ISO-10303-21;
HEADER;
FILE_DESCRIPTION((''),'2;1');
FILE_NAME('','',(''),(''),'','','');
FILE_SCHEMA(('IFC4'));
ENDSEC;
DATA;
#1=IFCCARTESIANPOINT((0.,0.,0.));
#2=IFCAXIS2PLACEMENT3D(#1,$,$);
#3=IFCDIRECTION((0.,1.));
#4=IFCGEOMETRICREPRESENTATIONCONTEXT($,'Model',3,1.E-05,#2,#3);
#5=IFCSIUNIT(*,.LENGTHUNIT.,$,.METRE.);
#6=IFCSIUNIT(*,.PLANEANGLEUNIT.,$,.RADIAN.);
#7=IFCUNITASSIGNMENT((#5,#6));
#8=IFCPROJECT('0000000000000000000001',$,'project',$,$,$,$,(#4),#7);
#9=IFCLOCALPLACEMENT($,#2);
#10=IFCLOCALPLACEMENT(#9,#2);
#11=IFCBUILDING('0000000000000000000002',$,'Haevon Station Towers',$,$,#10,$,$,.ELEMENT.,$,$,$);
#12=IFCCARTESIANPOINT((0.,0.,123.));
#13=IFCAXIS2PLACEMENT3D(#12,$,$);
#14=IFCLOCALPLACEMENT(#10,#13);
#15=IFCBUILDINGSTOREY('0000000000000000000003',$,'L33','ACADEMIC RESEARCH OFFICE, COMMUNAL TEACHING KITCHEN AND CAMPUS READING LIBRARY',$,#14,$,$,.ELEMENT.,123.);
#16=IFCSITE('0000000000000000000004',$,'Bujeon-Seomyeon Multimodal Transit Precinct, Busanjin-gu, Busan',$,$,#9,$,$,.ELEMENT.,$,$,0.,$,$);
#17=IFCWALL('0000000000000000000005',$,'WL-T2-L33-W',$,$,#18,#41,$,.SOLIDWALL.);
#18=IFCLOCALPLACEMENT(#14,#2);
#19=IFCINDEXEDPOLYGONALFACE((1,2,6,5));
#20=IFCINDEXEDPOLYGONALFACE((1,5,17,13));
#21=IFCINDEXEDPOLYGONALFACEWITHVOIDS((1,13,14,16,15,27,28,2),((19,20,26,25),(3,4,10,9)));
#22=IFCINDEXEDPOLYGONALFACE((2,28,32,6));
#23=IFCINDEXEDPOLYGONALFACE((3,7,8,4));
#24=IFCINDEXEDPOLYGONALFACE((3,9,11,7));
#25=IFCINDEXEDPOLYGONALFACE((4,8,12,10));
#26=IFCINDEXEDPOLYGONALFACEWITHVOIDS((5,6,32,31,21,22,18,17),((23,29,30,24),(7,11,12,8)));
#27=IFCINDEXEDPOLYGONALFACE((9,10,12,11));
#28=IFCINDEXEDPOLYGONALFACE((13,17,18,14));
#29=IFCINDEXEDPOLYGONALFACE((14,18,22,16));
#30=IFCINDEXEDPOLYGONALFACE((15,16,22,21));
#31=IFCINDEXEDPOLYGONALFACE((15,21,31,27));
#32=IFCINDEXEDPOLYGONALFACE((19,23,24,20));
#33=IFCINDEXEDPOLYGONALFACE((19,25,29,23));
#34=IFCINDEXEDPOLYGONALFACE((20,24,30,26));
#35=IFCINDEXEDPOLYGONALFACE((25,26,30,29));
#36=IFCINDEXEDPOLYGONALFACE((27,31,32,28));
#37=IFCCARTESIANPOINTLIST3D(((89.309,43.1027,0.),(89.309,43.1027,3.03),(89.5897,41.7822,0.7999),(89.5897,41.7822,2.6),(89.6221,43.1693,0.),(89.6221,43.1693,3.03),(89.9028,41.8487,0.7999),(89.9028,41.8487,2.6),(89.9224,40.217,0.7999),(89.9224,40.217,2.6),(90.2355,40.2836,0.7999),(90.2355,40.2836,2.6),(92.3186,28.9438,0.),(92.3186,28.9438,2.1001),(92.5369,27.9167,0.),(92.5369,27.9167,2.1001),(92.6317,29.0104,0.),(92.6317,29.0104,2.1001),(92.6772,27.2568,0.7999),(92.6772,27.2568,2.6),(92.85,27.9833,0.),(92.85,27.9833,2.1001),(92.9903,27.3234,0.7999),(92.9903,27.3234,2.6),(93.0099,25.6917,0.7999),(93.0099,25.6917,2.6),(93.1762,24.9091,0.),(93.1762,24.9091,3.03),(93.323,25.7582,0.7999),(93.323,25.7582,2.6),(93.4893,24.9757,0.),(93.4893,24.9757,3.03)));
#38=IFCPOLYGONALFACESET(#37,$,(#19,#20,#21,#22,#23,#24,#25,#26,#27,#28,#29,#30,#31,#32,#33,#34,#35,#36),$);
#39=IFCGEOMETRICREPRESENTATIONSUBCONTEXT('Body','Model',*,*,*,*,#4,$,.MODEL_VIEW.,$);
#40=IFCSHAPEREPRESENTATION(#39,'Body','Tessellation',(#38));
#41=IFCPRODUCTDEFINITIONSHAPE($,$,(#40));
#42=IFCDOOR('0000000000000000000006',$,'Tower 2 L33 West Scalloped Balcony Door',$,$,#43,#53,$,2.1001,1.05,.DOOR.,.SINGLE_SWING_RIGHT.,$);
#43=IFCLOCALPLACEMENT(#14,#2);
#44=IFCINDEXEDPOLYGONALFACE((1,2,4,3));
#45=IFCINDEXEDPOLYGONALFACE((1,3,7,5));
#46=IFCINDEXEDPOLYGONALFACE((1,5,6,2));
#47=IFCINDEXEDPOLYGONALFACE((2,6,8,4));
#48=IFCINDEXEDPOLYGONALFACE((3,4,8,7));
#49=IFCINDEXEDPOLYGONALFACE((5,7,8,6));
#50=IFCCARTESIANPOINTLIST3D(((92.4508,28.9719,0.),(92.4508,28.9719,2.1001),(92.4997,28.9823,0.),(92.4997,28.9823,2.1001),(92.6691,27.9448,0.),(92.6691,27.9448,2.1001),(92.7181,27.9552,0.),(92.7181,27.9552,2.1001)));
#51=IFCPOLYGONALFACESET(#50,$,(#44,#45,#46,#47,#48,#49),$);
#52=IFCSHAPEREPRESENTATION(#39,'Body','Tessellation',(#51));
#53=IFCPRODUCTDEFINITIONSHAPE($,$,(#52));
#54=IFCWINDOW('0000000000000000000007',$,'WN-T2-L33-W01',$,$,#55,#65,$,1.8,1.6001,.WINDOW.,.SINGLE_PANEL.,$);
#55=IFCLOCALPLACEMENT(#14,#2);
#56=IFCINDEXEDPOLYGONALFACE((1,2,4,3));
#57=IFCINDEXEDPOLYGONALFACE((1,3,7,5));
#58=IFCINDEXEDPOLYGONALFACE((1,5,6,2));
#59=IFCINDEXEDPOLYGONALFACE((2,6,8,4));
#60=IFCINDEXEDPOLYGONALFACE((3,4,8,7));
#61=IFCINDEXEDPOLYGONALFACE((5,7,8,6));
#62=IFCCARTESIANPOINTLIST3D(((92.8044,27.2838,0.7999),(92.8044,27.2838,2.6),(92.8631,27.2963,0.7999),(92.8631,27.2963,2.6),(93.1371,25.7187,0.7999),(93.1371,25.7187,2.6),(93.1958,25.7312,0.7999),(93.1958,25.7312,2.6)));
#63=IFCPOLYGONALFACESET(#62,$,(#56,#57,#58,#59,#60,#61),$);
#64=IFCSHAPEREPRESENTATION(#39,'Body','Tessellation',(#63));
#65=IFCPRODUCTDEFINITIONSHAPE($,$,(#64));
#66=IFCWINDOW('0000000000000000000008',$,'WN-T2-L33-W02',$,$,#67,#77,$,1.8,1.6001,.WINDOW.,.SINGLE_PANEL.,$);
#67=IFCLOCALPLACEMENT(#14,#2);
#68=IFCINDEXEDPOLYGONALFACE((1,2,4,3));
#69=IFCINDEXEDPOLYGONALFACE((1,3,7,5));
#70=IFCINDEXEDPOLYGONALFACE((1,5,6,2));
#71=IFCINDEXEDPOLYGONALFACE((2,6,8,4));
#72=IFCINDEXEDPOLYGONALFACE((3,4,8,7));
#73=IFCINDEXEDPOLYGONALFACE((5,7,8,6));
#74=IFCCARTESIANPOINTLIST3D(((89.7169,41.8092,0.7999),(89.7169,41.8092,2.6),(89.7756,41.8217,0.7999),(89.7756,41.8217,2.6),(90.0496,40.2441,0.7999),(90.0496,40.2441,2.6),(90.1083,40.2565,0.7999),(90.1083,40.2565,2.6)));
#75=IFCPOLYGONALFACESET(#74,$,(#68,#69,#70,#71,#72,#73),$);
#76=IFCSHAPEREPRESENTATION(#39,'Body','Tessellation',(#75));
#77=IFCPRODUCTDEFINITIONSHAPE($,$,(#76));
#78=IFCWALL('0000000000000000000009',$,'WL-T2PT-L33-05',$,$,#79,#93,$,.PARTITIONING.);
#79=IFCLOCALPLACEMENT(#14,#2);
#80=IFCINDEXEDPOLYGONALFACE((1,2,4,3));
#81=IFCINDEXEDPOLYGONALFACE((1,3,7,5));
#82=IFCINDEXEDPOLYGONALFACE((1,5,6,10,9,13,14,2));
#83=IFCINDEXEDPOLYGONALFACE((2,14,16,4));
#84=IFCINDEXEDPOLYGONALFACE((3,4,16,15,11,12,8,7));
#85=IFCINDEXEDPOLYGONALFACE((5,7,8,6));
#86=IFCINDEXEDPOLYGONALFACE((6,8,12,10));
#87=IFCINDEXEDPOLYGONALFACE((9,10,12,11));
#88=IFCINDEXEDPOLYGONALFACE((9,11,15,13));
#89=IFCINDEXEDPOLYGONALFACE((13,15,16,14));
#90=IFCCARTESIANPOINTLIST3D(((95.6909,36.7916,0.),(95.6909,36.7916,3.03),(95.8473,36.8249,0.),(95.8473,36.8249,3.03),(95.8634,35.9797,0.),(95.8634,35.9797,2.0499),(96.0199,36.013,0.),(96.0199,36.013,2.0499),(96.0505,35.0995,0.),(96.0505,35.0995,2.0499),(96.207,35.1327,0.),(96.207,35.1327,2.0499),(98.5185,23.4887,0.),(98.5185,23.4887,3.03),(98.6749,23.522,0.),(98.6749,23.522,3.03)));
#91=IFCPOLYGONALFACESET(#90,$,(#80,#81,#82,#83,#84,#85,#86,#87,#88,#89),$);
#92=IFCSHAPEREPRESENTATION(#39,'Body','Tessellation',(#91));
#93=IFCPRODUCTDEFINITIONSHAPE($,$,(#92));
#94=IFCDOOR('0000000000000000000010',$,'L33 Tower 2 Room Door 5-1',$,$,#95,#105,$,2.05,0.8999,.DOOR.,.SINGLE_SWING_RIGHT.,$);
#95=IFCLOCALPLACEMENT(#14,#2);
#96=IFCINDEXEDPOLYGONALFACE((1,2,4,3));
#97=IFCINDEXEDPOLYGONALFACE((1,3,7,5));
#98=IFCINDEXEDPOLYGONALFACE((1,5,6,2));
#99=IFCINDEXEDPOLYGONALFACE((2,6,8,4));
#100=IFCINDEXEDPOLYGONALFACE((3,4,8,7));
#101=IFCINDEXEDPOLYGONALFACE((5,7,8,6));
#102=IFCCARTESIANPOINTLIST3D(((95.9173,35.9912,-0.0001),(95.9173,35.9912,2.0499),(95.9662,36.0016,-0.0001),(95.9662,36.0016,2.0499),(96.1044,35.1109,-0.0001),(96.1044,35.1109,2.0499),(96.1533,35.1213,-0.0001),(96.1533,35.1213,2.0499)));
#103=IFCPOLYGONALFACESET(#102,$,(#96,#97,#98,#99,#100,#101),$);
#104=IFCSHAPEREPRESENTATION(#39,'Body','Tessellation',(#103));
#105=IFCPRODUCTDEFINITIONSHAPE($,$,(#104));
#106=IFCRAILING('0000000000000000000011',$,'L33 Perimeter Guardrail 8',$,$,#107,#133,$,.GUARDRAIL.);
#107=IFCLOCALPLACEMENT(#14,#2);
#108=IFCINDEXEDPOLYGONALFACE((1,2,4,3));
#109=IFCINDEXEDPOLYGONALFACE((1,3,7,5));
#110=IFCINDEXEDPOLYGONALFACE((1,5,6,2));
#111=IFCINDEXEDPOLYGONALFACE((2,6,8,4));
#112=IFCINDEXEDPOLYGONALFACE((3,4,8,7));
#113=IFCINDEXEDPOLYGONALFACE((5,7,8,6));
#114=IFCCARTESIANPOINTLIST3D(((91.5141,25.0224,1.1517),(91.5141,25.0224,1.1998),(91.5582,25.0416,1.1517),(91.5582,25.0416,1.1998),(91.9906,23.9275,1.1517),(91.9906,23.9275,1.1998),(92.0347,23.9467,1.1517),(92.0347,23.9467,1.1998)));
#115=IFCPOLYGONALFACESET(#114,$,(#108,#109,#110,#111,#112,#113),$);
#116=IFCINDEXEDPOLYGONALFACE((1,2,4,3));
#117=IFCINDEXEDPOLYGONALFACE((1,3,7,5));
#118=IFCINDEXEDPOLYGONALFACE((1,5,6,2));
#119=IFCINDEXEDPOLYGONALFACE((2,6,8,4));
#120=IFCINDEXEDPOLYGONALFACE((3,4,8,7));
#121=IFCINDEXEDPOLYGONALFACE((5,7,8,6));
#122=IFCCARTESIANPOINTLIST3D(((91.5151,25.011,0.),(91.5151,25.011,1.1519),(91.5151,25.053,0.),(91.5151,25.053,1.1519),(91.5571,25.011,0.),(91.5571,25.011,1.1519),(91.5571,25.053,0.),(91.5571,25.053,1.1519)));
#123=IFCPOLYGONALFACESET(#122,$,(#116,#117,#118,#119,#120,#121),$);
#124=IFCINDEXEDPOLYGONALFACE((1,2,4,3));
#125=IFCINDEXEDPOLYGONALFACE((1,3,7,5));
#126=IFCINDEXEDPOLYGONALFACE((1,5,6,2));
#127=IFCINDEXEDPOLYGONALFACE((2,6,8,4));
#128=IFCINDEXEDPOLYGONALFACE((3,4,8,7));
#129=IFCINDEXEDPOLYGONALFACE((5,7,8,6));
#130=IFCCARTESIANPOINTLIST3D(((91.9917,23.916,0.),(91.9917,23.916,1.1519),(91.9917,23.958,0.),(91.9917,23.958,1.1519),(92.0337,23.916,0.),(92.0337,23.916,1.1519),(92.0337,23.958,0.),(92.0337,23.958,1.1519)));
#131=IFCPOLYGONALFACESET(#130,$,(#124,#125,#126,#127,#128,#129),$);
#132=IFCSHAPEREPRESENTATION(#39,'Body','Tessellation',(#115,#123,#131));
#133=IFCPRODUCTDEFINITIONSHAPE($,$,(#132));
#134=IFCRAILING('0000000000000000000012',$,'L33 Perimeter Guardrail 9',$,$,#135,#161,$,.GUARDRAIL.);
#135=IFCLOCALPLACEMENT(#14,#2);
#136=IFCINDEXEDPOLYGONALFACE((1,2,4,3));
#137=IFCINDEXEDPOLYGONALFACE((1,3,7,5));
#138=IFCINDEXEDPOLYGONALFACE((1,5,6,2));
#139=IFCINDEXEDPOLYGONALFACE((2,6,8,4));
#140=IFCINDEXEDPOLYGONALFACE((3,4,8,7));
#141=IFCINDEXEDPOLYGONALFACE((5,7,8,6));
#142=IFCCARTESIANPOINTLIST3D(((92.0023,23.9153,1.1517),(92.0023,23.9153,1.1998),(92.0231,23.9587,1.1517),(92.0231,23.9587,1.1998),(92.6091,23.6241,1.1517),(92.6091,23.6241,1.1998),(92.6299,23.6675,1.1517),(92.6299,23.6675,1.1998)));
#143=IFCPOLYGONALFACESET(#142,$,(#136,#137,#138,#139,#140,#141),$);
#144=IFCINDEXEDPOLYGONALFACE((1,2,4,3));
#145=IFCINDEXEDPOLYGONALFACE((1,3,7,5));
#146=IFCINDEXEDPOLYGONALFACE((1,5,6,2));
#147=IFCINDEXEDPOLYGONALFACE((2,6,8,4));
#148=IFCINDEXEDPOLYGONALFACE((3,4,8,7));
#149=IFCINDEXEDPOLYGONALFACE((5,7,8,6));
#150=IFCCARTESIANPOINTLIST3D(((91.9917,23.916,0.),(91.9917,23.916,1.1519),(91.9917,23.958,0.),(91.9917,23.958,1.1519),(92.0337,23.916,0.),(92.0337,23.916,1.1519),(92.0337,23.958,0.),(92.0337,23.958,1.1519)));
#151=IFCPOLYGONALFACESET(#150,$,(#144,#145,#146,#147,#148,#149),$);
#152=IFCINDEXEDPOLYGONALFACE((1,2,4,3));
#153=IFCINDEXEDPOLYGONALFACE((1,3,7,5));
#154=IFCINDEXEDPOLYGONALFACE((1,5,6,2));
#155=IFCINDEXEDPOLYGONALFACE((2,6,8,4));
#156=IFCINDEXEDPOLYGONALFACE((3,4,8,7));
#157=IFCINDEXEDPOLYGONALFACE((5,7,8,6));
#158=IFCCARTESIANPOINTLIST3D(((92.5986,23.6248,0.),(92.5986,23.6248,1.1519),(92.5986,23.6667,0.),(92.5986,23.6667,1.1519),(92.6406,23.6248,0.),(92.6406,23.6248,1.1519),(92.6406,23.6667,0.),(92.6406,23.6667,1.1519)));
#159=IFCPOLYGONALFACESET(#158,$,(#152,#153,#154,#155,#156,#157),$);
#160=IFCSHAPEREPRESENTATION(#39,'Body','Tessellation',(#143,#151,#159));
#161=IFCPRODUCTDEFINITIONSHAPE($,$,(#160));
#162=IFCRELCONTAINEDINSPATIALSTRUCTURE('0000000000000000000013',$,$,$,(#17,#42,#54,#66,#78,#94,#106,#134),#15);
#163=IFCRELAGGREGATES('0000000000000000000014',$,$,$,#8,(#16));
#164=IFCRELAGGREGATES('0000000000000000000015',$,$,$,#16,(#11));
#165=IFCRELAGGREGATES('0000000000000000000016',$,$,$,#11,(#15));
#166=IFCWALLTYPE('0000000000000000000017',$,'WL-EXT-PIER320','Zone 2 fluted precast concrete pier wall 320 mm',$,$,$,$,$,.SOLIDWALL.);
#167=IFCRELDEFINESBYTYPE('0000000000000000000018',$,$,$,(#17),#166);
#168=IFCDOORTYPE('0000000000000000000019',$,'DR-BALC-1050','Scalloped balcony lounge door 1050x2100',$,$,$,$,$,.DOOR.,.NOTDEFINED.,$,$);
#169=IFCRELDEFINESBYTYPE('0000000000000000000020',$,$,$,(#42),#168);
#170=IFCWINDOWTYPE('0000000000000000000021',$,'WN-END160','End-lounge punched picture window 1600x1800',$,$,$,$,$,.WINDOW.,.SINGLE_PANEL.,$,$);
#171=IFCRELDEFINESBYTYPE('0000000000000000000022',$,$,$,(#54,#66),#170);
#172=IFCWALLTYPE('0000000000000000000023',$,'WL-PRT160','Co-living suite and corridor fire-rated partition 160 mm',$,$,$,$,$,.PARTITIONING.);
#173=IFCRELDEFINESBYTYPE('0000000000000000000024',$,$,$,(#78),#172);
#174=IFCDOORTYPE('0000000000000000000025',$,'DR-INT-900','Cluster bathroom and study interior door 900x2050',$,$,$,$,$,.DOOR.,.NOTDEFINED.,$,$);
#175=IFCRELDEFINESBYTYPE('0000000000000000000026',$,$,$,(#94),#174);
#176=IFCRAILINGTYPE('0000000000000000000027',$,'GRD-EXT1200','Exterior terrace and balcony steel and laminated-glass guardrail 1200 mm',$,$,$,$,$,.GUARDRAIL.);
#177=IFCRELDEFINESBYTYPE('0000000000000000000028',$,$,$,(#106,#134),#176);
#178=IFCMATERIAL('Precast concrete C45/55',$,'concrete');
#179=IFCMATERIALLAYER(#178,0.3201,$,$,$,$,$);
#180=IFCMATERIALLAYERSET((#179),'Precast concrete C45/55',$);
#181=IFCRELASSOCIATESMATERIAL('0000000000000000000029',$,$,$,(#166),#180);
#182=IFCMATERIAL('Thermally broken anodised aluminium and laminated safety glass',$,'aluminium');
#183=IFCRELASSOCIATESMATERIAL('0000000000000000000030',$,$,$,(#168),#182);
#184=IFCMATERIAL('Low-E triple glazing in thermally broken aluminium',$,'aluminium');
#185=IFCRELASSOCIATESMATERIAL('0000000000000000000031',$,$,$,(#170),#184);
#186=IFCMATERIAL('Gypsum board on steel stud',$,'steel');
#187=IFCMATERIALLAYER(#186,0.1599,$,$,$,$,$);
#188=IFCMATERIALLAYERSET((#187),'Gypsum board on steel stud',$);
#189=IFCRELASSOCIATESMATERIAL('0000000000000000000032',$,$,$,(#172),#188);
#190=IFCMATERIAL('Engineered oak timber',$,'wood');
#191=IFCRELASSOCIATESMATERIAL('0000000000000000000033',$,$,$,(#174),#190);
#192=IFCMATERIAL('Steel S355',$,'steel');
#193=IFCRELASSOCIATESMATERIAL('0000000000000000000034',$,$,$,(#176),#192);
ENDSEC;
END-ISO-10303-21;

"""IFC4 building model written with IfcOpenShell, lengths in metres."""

from ifc_helpers import new_model, si_unit, direction, frame, frame_2d, origin, origin_2d, place, context, subcontext, project, spatial, rectangle, extrude, material, layer, layer_set, type_object, element, fill, save


model = new_model("IFC4")

# Units and contexts
model_context = context("Model", 3, precision=1e-05, world=origin(), true_north=direction((0.0, 1.0)))
body_context = subcontext(model_context, "Body", "Model", "MODEL_VIEW")
ifc_project = project(units=[si_unit("LENGTHUNIT", "METRE"), si_unit("PLANEANGLEUNIT", "RADIAN")], contexts=[model_context])

# Site, building, storey
site_placement = place(None, origin())
site = spatial("IfcSite", under=ifc_project, at=site_placement, Name="Bujeon-Seomyeon Multimodal Transit Precinct, Busanjin-gu, Busan", CompositionType="ELEMENT", RefElevation=0.0)
building_placement = place(site_placement, origin())
building = spatial("IfcBuilding", under=site, at=building_placement, Name="Haevon Station Towers", CompositionType="ELEMENT")
storey_placement = place(building_placement, frame((0.0, 0.0, 123.0)))
storey = spatial("IfcBuildingStorey", under=building, at=storey_placement, Name="L33", Description="ACADEMIC RESEARCH OFFICE, COMMUNAL TEACHING KITCHEN AND CAMPUS READING LIBRARY", CompositionType="ELEMENT", Elevation=123.0)

# Shared definitions
ifc_material_1 = material(Name="Steel S355", Category="steel")

# Shared definitions
ifc_material_2 = material(Name="Precast concrete C45/55", Category="concrete")
ifc_layer_1 = layer(ifc_material_2, 0.3201)
ifc_layer_set_1 = layer_set([ifc_layer_1], Name="Precast concrete C45/55")
wall_type_1 = type_object("IfcWallType", Name="WL-EXT-PIER320", Description="Zone 2 fluted precast concrete pier wall 320 mm", PredefinedType="SOLIDWALL", material=ifc_layer_set_1)

# Wall, openings, door, windows
wall_1_placement = place(storey_placement, frame((93.3328, 24.9424, 0.0), z_axis=(0.0, 0.0, 1.0), x_axis=(-0.207913, 0.978147, 0.0)))
wall_1 = element("IfcWall", 1, at=wall_1_placement, inside=storey, type_object=wall_type_1, Name="WL-T2-L33-W", PredefinedType="SOLIDWALL", context=body_context, shape_type="SweptSolid", body=[
    extrude(rectangle(XDim=18.6001, YDim=0.3201, at=frame_2d((9.3, 0.0))), origin(), (0.0, 0.0, 1.0), 3.03),
])
opening_1_placement = place(wall_1_placement, frame((3.075, 0.0, 0.0)))
opening_1 = element("IfcOpeningElement", 2, at=opening_1_placement, cuts=wall_1, PredefinedType="OPENING", context=body_context, shape_type="SweptSolid", body=[
    extrude(rectangle(XDim=1.05, YDim=2.1001, at=frame_2d((0.5249, 1.05))), frame((0.0, 0.1699, 0.0), z_axis=(0.0, -1.0, 0.0), x_axis=(1.0, 0.0, 0.0)), (0.0, 0.0, 1.0), 0.3401),
])
opening_2_placement = place(wall_1_placement, frame((0.8, 0.0, 0.8)))
opening_2 = element("IfcOpeningElement", 3, at=opening_2_placement, cuts=wall_1, PredefinedType="OPENING", context=body_context, shape_type="SweptSolid", body=[
    extrude(rectangle(XDim=1.6001, YDim=1.8, at=frame_2d((0.8, 0.8999))), frame((0.0, 0.1699, 0.0), z_axis=(0.0, -1.0, 0.0), x_axis=(1.0, 0.0, 0.0)), (0.0, 0.0, 1.0), 0.3401),
])
opening_3_placement = place(wall_1_placement, frame((15.6499, 0.0, 0.8)))
opening_3 = element("IfcOpeningElement", 4, at=opening_3_placement, cuts=wall_1, PredefinedType="OPENING", context=body_context, shape_type="SweptSolid", body=[
    extrude(rectangle(XDim=1.6001, YDim=1.8, at=frame_2d((0.8, 0.8999))), frame((0.0, 0.1699, 0.0), z_axis=(0.0, -1.0, 0.0), x_axis=(1.0, 0.0, 0.0)), (0.0, 0.0, 1.0), 0.3401),
])
ifc_material_3 = material(Name="Thermally broken anodised aluminium and laminated safety glass", Category="aluminium")
door_type_1 = type_object("IfcDoorType", Name="DR-BALC-1050", Description="Scalloped balcony lounge door 1050x2100", OperationType="NOTDEFINED", PredefinedType="DOOR", material=ifc_material_3)
door_1_placement = place(opening_1_placement, origin())
door_1 = element("IfcDoor", 5, at=door_1_placement, inside=storey, type_object=door_type_1, Name="Tower 2 L33 West Scalloped Balcony Door", OperationType="SINGLE_SWING_RIGHT", OverallHeight=2.1001, OverallWidth=1.05, PredefinedType="DOOR", context=body_context, shape_type="SweptSolid", body=[
    extrude(rectangle(XDim=1.05, YDim=2.1001, at=frame_2d((0.5249, 1.05))), frame((0.0, 0.0249, 0.0), z_axis=(0.0, -1.0, 0.0), x_axis=(1.0, 0.0, 0.0)), (0.0, 0.0, 1.0), 0.05),
])
fill(opening_1, door_1)
ifc_material_4 = material(Name="Low-E triple glazing in thermally broken aluminium", Category="aluminium")
window_type = type_object("IfcWindowType", Name="WN-END160", Description="End-lounge punched picture window 1600x1800", PartitioningType="SINGLE_PANEL", PredefinedType="WINDOW", material=ifc_material_4)
window_1_placement = place(opening_2_placement, origin())
window_1 = element("IfcWindow", 6, at=window_1_placement, inside=storey, type_object=window_type, Name="WN-T2-L33-W01", OverallHeight=1.8, OverallWidth=1.6001, PartitioningType="SINGLE_PANEL", PredefinedType="WINDOW", context=body_context, shape_type="SweptSolid", body=[
    extrude(rectangle(XDim=1.6001, YDim=1.8, at=frame_2d((0.8, 0.8999))), frame((0.0, 0.03, 0.0), z_axis=(0.0, -1.0, 0.0), x_axis=(1.0, 0.0, 0.0)), (0.0, 0.0, 1.0), 0.0601),
])
fill(opening_2, window_1)
window_2_placement = place(opening_3_placement, origin())
window_2 = element("IfcWindow", 7, at=window_2_placement, inside=storey, type_object=window_type, Name="WN-T2-L33-W02", OverallHeight=1.8, OverallWidth=1.6001, PartitioningType="SINGLE_PANEL", PredefinedType="WINDOW", context=body_context, shape_type="SweptSolid", body=[
    extrude(rectangle(XDim=1.6001, YDim=1.8, at=frame_2d((0.8, 0.8999))), frame((0.0, 0.03, 0.0), z_axis=(0.0, -1.0, 0.0), x_axis=(1.0, 0.0, 0.0)), (0.0, 0.0, 1.0), 0.0601),
])
fill(opening_3, window_2)

# Wall, opening, door
ifc_material_5 = material(Name="Gypsum board on steel stud", Category="steel")
ifc_layer_2 = layer(ifc_material_5, 0.1599)
ifc_layer_set_2 = layer_set([ifc_layer_2], Name="Gypsum board on steel stud")
wall_type_2 = type_object("IfcWallType", Name="WL-PRT160", Description="Co-living suite and corridor fire-rated partition 160 mm", PredefinedType="PARTITIONING", material=ifc_layer_set_2)
wall_2_placement = place(storey_placement, frame((98.5967, 23.5054, 0.0), z_axis=(0.0, 0.0, 1.0), x_axis=(-0.207912, 0.978148, 0.0)))
wall_2 = element("IfcWall", 8, at=wall_2_placement, inside=storey, type_object=wall_type_2, Name="WL-T2PT-L33-05", PredefinedType="PARTITIONING", context=body_context, shape_type="SweptSolid", body=[
    extrude(rectangle(XDim=13.6001, YDim=0.1599, at=frame_2d((6.8, 0.0))), origin(), (0.0, 0.0, 1.0), 3.03),
])
opening_4_placement = place(wall_2_placement, frame((11.8701, 0.0, 0.0)))
opening_4 = element("IfcOpeningElement", 9, at=opening_4_placement, cuts=wall_2, PredefinedType="OPENING", context=body_context, shape_type="SweptSolid", body=[
    extrude(rectangle(XDim=0.8999, YDim=2.05, at=frame_2d((0.45, 1.0249))), frame((0.0, 0.0898, 0.0), z_axis=(0.0, -1.0, 0.0), x_axis=(1.0, 0.0, 0.0)), (0.0, 0.0, 1.0), 0.1799),
])
ifc_material_6 = material(Name="Engineered oak timber", Category="wood")
door_type_2 = type_object("IfcDoorType", Name="DR-INT-900", Description="Cluster bathroom and study interior door 900x2050", OperationType="NOTDEFINED", PredefinedType="DOOR", material=ifc_material_6)
door_2_placement = place(opening_4_placement, origin())
door_2 = element("IfcDoor", 10, at=door_2_placement, inside=storey, type_object=door_type_2, Name="L33 Tower 2 Room Door 5-1", OperationType="SINGLE_SWING_RIGHT", OverallHeight=2.05, OverallWidth=0.8999, PredefinedType="DOOR", context=body_context, shape_type="SweptSolid", body=[
    extrude(rectangle(XDim=0.8999, YDim=2.05, at=frame_2d((0.45, 1.0249))), frame((0.0, 0.0249, 0.0), z_axis=(0.0, -1.0, 0.0), x_axis=(1.0, 0.0, 0.0)), (0.0, 0.0, 1.0), 0.05),
])
fill(opening_4, door_2)

# Railings
railing_type = type_object("IfcRailingType", Name="GRD-EXT1200", Description="Exterior terrace and balcony steel and laminated-glass guardrail 1200 mm", PredefinedType="GUARDRAIL", material=ifc_material_1)
railing_1_placement = place(storey_placement, frame((91.5361, 25.032, 0.0)))
element("IfcRailing", 11, at=railing_1_placement, inside=storey, type_object=railing_type, Name="L33 Perimeter Guardrail 8", PredefinedType="GUARDRAIL", context=body_context, shape_type="SweptSolid", body=[
    extrude(rectangle(XDim=0.0481, YDim=0.0481, at=origin_2d()), frame((0.0, 0.0, 1.1758), z_axis=(0.39907, -0.91692, 0.0), x_axis=(0.91692, 0.39907, 0.0)), (0.0, 0.0, 1.0), 1.1941),
    extrude(rectangle(XDim=0.042, YDim=0.042, at=origin_2d()), origin(), (0.0, 0.0, 1.0), 1.1519),
    extrude(rectangle(XDim=0.042, YDim=0.042, at=origin_2d()), frame((0.4766, -1.095, 0.0)), (0.0, 0.0, 1.0), 1.1519),
])
railing_2_placement = place(storey_placement, frame((92.0127, 23.937, 0.0)))
element("IfcRailing", 12, at=railing_2_placement, inside=storey, type_object=railing_type, Name="L33 Perimeter Guardrail 9", PredefinedType="GUARDRAIL", context=body_context, shape_type="SweptSolid", body=[
    extrude(rectangle(XDim=0.0481, YDim=0.0481, at=origin_2d()), frame((0.0, 0.0, 1.1758), z_axis=(0.901563, -0.432649, 0.0), x_axis=(0.432649, 0.901563, 0.0)), (0.0, 0.0, 1.0), 0.6731),
    extrude(rectangle(XDim=0.042, YDim=0.042, at=origin_2d()), origin(), (0.0, 0.0, 1.0), 1.1519),
    extrude(rectangle(XDim=0.042, YDim=0.042, at=origin_2d()), frame((0.6069, -0.2913, 0.0)), (0.0, 0.0, 1.0), 1.1519),
])

save(model, "model.ifc")
